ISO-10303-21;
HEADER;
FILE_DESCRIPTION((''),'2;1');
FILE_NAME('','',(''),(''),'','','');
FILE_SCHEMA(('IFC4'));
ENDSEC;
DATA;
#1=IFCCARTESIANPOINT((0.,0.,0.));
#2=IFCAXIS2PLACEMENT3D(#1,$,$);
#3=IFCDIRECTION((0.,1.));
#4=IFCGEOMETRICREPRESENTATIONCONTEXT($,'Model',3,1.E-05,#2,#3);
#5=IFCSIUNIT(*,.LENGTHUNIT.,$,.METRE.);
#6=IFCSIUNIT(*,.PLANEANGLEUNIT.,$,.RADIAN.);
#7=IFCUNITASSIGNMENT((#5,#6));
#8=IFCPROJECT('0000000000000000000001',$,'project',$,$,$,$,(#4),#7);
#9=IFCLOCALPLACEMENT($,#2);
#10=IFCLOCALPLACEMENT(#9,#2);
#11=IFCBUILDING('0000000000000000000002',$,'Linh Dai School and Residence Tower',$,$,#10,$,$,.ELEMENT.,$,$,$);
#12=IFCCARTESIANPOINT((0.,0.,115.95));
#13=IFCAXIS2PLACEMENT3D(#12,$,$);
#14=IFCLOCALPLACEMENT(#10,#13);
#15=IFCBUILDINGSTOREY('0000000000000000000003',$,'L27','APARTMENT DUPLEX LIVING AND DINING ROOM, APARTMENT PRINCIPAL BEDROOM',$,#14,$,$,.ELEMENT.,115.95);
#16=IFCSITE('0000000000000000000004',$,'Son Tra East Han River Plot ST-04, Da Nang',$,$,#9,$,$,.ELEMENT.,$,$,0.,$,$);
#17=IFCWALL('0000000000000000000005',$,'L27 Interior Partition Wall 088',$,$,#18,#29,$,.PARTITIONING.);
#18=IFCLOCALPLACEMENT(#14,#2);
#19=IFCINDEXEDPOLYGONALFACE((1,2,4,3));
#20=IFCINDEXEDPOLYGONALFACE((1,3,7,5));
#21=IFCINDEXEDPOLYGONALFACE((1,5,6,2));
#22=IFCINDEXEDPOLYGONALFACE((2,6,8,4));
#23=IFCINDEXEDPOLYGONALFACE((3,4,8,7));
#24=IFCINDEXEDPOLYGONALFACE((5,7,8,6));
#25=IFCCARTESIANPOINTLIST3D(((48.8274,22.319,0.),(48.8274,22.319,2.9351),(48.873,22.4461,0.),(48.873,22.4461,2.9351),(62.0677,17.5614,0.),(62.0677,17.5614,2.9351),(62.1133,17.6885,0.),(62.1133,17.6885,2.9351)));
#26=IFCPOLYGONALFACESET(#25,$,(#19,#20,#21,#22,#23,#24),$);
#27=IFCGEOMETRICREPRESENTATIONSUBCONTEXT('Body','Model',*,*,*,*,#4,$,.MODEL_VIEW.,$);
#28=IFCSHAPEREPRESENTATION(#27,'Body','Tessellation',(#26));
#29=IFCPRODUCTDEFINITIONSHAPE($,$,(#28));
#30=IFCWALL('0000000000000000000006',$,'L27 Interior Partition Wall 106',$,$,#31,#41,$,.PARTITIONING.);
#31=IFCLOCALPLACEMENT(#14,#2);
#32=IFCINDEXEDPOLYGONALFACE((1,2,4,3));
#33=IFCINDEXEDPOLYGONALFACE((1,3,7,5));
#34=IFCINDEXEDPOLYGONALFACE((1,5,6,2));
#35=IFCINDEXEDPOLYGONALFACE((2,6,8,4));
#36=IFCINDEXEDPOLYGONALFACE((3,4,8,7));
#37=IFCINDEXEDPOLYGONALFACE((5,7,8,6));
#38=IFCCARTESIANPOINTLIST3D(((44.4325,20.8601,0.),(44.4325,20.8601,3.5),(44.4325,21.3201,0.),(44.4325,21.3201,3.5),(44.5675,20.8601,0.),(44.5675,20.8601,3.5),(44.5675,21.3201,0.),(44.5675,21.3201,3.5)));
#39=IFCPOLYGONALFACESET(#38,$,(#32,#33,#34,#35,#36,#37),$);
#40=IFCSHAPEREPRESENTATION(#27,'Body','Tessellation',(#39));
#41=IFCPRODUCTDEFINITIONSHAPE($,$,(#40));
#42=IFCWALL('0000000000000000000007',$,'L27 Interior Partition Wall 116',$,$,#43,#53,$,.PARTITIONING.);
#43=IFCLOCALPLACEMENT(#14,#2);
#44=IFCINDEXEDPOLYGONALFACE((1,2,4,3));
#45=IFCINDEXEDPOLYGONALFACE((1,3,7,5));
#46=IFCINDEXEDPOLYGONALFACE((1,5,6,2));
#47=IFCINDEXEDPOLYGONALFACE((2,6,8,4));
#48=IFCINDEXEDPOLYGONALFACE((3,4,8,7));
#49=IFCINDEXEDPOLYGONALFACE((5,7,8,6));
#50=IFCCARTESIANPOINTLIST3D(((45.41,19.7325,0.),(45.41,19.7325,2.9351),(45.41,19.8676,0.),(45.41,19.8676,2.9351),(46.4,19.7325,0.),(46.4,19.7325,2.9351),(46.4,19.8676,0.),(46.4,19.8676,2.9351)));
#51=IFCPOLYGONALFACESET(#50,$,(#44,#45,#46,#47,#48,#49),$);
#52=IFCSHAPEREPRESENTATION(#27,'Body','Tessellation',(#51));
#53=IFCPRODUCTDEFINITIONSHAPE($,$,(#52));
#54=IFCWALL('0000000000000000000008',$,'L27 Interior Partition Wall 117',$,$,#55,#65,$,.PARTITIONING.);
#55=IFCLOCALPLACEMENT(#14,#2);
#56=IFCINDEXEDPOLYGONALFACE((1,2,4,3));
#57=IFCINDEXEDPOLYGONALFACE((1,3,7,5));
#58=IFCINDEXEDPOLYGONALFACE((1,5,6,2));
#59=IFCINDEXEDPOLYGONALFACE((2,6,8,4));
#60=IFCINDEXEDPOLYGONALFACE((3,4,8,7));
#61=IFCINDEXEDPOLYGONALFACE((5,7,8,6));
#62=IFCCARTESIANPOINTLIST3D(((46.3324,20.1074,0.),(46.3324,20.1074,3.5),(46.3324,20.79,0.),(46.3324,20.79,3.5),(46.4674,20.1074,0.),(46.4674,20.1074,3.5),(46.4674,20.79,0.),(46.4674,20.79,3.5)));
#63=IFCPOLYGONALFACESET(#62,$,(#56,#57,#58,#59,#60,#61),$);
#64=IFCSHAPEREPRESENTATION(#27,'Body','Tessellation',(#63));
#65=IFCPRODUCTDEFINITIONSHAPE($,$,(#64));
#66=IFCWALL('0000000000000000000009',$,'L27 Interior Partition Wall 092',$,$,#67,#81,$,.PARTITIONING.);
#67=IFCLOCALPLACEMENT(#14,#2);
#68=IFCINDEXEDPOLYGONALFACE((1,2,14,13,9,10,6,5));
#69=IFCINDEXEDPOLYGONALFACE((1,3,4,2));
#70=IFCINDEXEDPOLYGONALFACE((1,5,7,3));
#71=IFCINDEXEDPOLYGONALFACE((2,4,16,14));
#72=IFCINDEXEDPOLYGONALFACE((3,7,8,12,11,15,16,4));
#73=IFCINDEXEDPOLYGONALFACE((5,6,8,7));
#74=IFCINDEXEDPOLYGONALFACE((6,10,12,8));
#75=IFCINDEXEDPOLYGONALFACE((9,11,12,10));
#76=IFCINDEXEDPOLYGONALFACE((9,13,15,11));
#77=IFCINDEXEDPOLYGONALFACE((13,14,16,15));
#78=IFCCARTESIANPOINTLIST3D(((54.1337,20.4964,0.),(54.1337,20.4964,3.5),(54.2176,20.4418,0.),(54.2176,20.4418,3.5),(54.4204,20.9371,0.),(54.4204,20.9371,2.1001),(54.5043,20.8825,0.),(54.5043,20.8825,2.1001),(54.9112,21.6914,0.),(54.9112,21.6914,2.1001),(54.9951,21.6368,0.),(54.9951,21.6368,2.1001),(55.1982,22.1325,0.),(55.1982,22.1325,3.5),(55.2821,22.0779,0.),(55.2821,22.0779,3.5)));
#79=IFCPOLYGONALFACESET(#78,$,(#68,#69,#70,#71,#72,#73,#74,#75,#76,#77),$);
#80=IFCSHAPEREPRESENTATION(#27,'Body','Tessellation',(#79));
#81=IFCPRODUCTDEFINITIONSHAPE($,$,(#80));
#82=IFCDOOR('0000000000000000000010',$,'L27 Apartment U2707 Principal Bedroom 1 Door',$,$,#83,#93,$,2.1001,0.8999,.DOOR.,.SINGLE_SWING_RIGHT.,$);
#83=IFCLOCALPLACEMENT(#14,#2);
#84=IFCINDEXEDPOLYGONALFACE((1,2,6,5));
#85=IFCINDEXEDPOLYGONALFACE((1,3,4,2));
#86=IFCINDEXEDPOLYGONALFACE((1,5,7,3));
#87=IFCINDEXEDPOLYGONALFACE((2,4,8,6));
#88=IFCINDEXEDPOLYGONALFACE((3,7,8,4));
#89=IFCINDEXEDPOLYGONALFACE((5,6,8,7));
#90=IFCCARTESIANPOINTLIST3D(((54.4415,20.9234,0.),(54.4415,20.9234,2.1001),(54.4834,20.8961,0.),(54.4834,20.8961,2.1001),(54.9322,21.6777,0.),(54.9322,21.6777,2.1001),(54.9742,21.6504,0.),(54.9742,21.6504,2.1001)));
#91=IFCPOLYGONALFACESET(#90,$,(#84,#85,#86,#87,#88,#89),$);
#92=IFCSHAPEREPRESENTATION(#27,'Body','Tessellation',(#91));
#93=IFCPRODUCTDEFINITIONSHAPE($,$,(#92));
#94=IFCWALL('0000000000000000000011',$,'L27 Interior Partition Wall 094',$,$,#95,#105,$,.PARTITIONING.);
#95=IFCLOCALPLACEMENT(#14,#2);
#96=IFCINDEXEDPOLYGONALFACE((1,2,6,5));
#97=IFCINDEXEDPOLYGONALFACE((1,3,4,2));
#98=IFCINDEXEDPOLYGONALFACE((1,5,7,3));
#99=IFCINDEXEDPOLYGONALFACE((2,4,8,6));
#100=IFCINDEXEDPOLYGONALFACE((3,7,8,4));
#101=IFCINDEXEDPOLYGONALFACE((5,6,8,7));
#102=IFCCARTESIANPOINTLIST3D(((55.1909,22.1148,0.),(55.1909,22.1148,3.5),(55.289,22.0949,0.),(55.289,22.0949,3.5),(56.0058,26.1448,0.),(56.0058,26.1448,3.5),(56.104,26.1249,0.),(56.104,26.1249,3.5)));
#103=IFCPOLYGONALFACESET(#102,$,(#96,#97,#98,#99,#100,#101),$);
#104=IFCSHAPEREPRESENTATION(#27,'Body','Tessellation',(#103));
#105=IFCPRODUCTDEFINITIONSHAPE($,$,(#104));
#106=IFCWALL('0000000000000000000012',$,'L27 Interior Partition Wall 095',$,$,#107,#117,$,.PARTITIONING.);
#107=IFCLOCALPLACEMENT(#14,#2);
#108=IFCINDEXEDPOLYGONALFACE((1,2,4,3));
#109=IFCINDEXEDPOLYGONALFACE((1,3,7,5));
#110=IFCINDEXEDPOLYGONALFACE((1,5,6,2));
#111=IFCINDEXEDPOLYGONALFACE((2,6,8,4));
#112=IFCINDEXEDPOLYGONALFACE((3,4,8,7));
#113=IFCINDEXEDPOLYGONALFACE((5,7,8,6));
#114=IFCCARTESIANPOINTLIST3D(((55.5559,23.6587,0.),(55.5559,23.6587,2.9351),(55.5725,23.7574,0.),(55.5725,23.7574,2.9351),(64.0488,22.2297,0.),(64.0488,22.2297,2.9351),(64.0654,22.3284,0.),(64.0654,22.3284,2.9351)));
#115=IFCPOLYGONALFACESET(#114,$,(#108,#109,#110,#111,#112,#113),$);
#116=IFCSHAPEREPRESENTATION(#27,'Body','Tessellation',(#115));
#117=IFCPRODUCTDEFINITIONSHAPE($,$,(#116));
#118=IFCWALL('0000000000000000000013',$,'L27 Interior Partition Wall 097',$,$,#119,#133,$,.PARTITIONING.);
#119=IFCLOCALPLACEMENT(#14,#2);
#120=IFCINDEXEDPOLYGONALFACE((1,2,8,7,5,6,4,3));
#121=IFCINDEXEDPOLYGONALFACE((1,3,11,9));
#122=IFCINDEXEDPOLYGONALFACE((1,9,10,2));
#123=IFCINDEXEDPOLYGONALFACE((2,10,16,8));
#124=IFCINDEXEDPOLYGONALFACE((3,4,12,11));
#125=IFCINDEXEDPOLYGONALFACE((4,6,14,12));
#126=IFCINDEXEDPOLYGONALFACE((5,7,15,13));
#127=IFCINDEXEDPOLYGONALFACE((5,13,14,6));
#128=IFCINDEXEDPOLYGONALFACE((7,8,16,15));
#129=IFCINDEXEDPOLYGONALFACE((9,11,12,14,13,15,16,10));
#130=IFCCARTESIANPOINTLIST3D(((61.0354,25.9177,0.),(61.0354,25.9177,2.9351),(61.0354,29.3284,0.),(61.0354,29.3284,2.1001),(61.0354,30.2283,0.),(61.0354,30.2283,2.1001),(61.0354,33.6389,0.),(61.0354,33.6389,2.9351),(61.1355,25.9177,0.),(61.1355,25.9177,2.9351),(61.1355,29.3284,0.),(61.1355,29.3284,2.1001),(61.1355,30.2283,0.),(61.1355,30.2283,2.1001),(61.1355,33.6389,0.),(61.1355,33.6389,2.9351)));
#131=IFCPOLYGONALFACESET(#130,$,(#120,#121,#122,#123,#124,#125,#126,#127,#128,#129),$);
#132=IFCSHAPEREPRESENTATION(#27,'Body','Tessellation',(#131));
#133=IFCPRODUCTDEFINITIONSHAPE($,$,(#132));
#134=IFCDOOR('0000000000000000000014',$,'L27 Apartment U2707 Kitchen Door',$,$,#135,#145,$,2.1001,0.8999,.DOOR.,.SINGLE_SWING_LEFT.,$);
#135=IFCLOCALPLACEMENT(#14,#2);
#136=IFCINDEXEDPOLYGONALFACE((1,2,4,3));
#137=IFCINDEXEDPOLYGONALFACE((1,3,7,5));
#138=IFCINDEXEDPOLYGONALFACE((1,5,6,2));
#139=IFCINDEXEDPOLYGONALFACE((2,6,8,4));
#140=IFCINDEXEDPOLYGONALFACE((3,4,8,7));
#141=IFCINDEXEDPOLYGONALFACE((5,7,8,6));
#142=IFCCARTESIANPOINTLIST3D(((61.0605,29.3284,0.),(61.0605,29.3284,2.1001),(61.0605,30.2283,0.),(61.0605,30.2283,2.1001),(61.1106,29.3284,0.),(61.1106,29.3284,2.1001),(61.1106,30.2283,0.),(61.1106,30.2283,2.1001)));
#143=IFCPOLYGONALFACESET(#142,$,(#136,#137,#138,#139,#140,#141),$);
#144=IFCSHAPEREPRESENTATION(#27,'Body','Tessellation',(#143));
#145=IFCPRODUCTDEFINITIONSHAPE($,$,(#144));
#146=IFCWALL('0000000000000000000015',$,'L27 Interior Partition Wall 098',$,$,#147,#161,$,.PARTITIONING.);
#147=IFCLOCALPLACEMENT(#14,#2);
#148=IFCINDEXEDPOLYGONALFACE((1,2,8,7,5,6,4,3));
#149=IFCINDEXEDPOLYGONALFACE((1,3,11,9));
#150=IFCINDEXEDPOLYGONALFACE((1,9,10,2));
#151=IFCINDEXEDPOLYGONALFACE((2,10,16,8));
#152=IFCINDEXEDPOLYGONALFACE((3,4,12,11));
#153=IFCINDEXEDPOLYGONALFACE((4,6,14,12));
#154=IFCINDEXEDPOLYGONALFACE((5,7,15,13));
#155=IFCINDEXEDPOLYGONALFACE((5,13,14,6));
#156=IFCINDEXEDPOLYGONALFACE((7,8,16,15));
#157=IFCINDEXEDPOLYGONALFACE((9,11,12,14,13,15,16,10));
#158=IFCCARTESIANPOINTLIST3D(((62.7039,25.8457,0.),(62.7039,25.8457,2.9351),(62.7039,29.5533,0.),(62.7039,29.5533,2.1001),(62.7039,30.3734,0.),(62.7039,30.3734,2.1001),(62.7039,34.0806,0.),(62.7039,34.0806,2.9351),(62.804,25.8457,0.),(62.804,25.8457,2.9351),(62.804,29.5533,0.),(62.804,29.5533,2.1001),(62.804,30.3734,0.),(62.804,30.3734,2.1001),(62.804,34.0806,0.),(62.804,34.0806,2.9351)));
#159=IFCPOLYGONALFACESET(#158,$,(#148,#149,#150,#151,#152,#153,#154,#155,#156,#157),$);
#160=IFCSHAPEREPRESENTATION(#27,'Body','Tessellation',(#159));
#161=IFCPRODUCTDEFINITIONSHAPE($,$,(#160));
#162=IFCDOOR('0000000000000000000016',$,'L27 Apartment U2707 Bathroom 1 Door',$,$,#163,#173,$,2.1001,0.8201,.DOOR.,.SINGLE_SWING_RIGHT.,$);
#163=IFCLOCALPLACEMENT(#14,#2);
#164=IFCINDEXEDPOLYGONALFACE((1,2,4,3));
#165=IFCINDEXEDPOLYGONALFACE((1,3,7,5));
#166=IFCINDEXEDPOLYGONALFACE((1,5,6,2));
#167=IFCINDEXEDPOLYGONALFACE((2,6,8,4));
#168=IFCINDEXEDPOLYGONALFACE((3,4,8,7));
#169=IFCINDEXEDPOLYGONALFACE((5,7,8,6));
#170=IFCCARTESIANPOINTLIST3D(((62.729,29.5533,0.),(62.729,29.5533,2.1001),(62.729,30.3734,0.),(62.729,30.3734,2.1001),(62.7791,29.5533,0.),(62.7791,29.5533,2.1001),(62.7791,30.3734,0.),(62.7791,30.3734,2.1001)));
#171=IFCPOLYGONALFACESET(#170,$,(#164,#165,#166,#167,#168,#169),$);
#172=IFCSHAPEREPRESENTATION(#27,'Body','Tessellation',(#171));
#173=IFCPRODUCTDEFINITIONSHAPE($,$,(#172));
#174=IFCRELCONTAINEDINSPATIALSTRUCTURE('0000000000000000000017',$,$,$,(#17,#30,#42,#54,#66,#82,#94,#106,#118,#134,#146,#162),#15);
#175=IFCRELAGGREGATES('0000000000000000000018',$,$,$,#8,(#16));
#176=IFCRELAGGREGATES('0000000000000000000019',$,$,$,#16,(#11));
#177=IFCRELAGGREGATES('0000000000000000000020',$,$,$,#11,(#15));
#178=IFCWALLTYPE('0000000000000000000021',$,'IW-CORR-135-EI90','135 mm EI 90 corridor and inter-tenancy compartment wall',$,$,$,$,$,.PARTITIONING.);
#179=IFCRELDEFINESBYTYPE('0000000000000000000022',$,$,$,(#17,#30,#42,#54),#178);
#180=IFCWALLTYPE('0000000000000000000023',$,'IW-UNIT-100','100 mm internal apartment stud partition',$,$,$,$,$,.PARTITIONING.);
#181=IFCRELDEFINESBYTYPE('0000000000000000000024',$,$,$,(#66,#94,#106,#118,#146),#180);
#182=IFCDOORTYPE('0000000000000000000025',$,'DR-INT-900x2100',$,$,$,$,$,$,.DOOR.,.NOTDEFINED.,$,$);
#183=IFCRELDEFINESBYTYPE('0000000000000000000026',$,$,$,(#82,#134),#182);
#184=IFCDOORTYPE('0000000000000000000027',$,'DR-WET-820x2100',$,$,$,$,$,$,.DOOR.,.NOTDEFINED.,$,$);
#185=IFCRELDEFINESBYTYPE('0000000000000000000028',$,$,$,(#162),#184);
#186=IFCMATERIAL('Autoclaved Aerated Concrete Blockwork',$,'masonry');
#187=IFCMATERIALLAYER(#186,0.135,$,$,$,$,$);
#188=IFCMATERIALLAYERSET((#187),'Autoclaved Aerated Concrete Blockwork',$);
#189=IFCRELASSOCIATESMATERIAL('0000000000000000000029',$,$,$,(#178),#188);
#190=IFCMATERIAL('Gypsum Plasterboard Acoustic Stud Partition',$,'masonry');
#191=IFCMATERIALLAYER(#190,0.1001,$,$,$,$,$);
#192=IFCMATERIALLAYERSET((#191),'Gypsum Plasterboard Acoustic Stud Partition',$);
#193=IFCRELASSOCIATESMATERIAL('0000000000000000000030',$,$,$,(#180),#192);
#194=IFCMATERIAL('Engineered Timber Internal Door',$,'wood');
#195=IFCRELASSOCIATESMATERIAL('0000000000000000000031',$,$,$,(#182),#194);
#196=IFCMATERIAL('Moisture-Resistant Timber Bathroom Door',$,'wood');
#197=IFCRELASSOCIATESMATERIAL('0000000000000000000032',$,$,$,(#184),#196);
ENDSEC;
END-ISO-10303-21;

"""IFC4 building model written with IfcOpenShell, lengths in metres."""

from ifc_helpers import new_model, si_unit, direction, frame, frame_2d, origin, origin_2d, place, context, subcontext, project, spatial, rectangle, extrude, source, transform, mapped, material, layer, layer_set, type_object, element, fill, save


model = new_model("IFC4")

# Units and contexts
model_context = context("Model", 3, precision=1e-05, world=origin(), true_north=direction((0.0, 1.0)))
body_context = subcontext(model_context, "Body", "Model", "MODEL_VIEW")
ifc_project = project(units=[si_unit("LENGTHUNIT", "METRE"), si_unit("PLANEANGLEUNIT", "RADIAN")], contexts=[model_context])

# Site, building, storey
site_placement = place(None, origin())
site = spatial("IfcSite", under=ifc_project, at=site_placement, Name="Son Tra East Han River Plot ST-04, Da Nang", CompositionType="ELEMENT", RefElevation=0.0)
building_placement = place(site_placement, origin())
building = spatial("IfcBuilding", under=site, at=building_placement, Name="Linh Dai School and Residence Tower", CompositionType="ELEMENT")
storey_placement = place(building_placement, frame((0.0, 0.0, 115.95)))
storey = spatial("IfcBuildingStorey", under=building, at=storey_placement, Name="L27", Description="APARTMENT DUPLEX LIVING AND DINING ROOM, APARTMENT PRINCIPAL BEDROOM", CompositionType="ELEMENT", Elevation=115.95)

# Walls
ifc_material_1 = material(Name="Autoclaved Aerated Concrete Blockwork", Category="masonry")
ifc_layer_1 = layer(ifc_material_1, 0.135)
ifc_layer_set_1 = layer_set([ifc_layer_1], Name="Autoclaved Aerated Concrete Blockwork")
wall_type_1 = type_object("IfcWallType", Name="IW-CORR-135-EI90", Description="135 mm EI 90 corridor and inter-tenancy compartment wall", PredefinedType="PARTITIONING", material=ifc_layer_set_1)
wall_1_placement = place(storey_placement, frame((48.8501, 22.3826, 0.0), z_axis=(0.0, 0.0, 1.0), x_axis=(0.941089, -0.338158, 0.0)))
element("IfcWall", 1, at=wall_1_placement, inside=storey, type_object=wall_type_1, Name="L27 Interior Partition Wall 088", PredefinedType="PARTITIONING", context=body_context, shape_type="SweptSolid", body=[
    extrude(rectangle(XDim=14.0691, YDim=0.135, at=frame_2d((7.0347, 0.0))), origin(), (0.0, 0.0, 1.0), 2.9351),
])
wall_2_placement = place(storey_placement, frame((44.5, 20.8601, 0.0), z_axis=(0.0, 0.0, 1.0), x_axis=(0.0, 1.0, 0.0)))
element("IfcWall", 2, at=wall_2_placement, inside=storey, type_object=wall_type_1, Name="L27 Interior Partition Wall 106", PredefinedType="PARTITIONING", context=body_context, shape_type="SweptSolid", body=[
    extrude(rectangle(XDim=0.46, YDim=0.135, at=frame_2d((0.23, 0.0))), origin(), (0.0, 0.0, 1.0), 3.5),
])
wall_3_placement = place(storey_placement, frame((45.4099, 19.8, 0.0), z_axis=(0.0, 0.0, 1.0), x_axis=(1.0, 0.0, 0.0)))
element("IfcWall", 3, at=wall_3_placement, inside=storey, type_object=wall_type_1, Name="L27 Interior Partition Wall 116", PredefinedType="PARTITIONING", context=body_context, shape_type="SweptSolid", body=[
    extrude(rectangle(XDim=0.99, YDim=0.135, at=frame_2d((0.4951, 0.0))), origin(), (0.0, 0.0, 1.0), 2.9351),
])
wall_4_placement = place(storey_placement, frame((46.3999, 20.1074, 0.0), z_axis=(0.0, 0.0, 1.0), x_axis=(0.0, 1.0, 0.0)))
element("IfcWall", 4, at=wall_4_placement, inside=storey, type_object=wall_type_1, Name="L27 Interior Partition Wall 117", PredefinedType="PARTITIONING", context=body_context, shape_type="SweptSolid", body=[
    extrude(rectangle(XDim=0.6826, YDim=0.135, at=frame_2d((0.3413, 0.0))), origin(), (0.0, 0.0, 1.0), 3.5),
])

# Wall, opening, door
ifc_material_2 = material(Name="Gypsum Plasterboard Acoustic Stud Partition", Category="masonry")
ifc_layer_2 = layer(ifc_material_2, 0.1001)
ifc_layer_set_2 = layer_set([ifc_layer_2], Name="Gypsum Plasterboard Acoustic Stud Partition")
wall_type_2 = type_object("IfcWallType", Name="IW-UNIT-100", Description="100 mm internal apartment stud partition", PredefinedType="PARTITIONING", material=ifc_layer_set_2)
wall_5_placement = place(storey_placement, frame((54.1755, 20.469, 0.0), z_axis=(0.0, 0.0, 1.0), x_axis=(0.545371, 0.838195, 0.0)))
wall_5 = element("IfcWall", 5, at=wall_5_placement, inside=storey, type_object=wall_type_2, Name="L27 Interior Partition Wall 092", PredefinedType="PARTITIONING", context=body_context, shape_type="SweptSolid", body=[
    extrude(rectangle(XDim=1.9519, YDim=0.1001, at=frame_2d((0.9761, 0.0))), origin(), (0.0, 0.0, 1.0), 3.5),
])
opening_1_placement = place(wall_5_placement, frame((0.5259, 0.0, 0.0)))
opening_1 = element("IfcOpeningElement", 6, at=opening_1_placement, cuts=wall_5, PredefinedType="OPENING", context=body_context, shape_type="SweptSolid", body=[
    extrude(rectangle(XDim=0.8999, YDim=2.1001, at=origin_2d()), frame((0.45, 0.0601, 1.05), z_axis=(0.0, -1.0, 0.0), x_axis=(1.0, 0.0, 0.0)), (0.0, 0.0, 1.0), 0.1201),
])
ifc_material_3 = material(Name="Engineered Timber Internal Door", Category="wood")
door_type_1 = type_object("IfcDoorType", Name="DR-INT-900x2100", OperationType="NOTDEFINED", PredefinedType="DOOR", material=ifc_material_3)
shared_shape_1 = source(origin(), body_context, "Body", "SweptSolid", [
    extrude(rectangle(XDim=0.8999, YDim=2.1001, at=origin_2d()), frame((0.45, 0.0249, 1.05), z_axis=(0.0, -1.0, 0.0), x_axis=(1.0, 0.0, 0.0)), (0.0, 0.0, 1.0), 0.05),
])
door_1_placement = place(opening_1_placement, origin())
door_1 = element("IfcDoor", 7, at=door_1_placement, inside=storey, type_object=door_type_1, Name="L27 Apartment U2707 Principal Bedroom 1 Door", OperationType="SINGLE_SWING_RIGHT", OverallHeight=2.1001, OverallWidth=0.8999, PredefinedType="DOOR", context=body_context, shape_type="MappedRepresentation", body=[
    mapped(shared_shape_1, transform((0.0, 0.0, 0.0), x_axis=(1.0, 0.0, 0.0), y_axis=(0.0, 1.0, 0.0), z_axis=(0.0, 0.0, 1.0), scale=1.0)),
])
fill(opening_1, door_1)

# Walls
wall_6_placement = place(storey_placement, frame((55.24, 22.105, 0.0), z_axis=(0.0, 0.0, 1.0), x_axis=(0.198205, 0.980161, 0.0)))
element("IfcWall", 8, at=wall_6_placement, inside=storey, type_object=wall_type_2, Name="L27 Interior Partition Wall 094", PredefinedType="PARTITIONING", context=body_context, shape_type="SweptSolid", body=[
    extrude(rectangle(XDim=4.1116, YDim=0.1001, at=frame_2d((2.0557, 0.0))), origin(), (0.0, 0.0, 1.0), 3.5),
])
wall_7_placement = place(storey_placement, frame((55.5642, 23.708, 0.0), z_axis=(0.0, 0.0, 1.0), x_axis=(0.986139, -0.16592, 0.0)))
element("IfcWall", 9, at=wall_7_placement, inside=storey, type_object=wall_type_2, Name="L27 Interior Partition Wall 095", PredefinedType="PARTITIONING", context=body_context, shape_type="SweptSolid", body=[
    extrude(rectangle(XDim=8.6123, YDim=0.1001, at=frame_2d((4.3062, 0.0))), origin(), (0.0, 0.0, 1.0), 2.9351),
])

# Walls, openings, doors
wall_8_placement = place(storey_placement, frame((61.0854, 25.9177, 0.0), z_axis=(0.0, 0.0, 1.0), x_axis=(0.0, 1.0, 0.0)))
wall_8 = element("IfcWall", 10, at=wall_8_placement, inside=storey, type_object=wall_type_2, Name="L27 Interior Partition Wall 097", PredefinedType="PARTITIONING", context=body_context, shape_type="SweptSolid", body=[
    extrude(rectangle(XDim=7.7212, YDim=0.1001, at=frame_2d((3.8606, 0.0))), origin(), (0.0, 0.0, 1.0), 2.9351),
])
opening_2_placement = place(wall_8_placement, frame((3.4106, 0.0, 0.0)))
opening_2 = element("IfcOpeningElement", 11, at=opening_2_placement, cuts=wall_8, PredefinedType="OPENING", context=body_context, shape_type="SweptSolid", body=[
    extrude(rectangle(XDim=0.8999, YDim=2.1001, at=origin_2d()), frame((0.45, 0.0601, 1.05), z_axis=(0.0, -1.0, 0.0), x_axis=(1.0, 0.0, 0.0)), (0.0, 0.0, 1.0), 0.1201),
])
door_2_placement = place(opening_2_placement, origin())
door_2 = element("IfcDoor", 12, at=door_2_placement, inside=storey, type_object=door_type_1, Name="L27 Apartment U2707 Kitchen Door", OperationType="SINGLE_SWING_LEFT", OverallHeight=2.1001, OverallWidth=0.8999, PredefinedType="DOOR", context=body_context, shape_type="MappedRepresentation", body=[
    mapped(shared_shape_1, transform((0.0, 0.0, 0.0), x_axis=(1.0, 0.0, 0.0), y_axis=(0.0, 1.0, 0.0), z_axis=(0.0, 0.0, 1.0), scale=1.0)),
])
fill(opening_2, door_2)
wall_9_placement = place(storey_placement, frame((62.7539, 25.8457, 0.0), z_axis=(0.0, 0.0, 1.0), x_axis=(0.0, 1.0, 0.0)))
wall_9 = element("IfcWall", 13, at=wall_9_placement, inside=storey, type_object=wall_type_2, Name="L27 Interior Partition Wall 098", PredefinedType="PARTITIONING", context=body_context, shape_type="SweptSolid", body=[
    extrude(rectangle(XDim=8.2349, YDim=0.1001, at=frame_2d((4.1174, 0.0))), origin(), (0.0, 0.0, 1.0), 2.9351),
])
opening_3_placement = place(wall_9_placement, frame((3.7075, 0.0, 0.0)))
opening_3 = element("IfcOpeningElement", 14, at=opening_3_placement, cuts=wall_9, PredefinedType="OPENING", context=body_context, shape_type="SweptSolid", body=[
    extrude(rectangle(XDim=0.8201, YDim=2.1001, at=origin_2d()), frame((0.4102, 0.0601, 1.05), z_axis=(0.0, -1.0, 0.0), x_axis=(1.0, 0.0, 0.0)), (0.0, 0.0, 1.0), 0.1201),
])
ifc_material_4 = material(Name="Moisture-Resistant Timber Bathroom Door", Category="wood")
door_type_2 = type_object("IfcDoorType", Name="DR-WET-820x2100", OperationType="NOTDEFINED", PredefinedType="DOOR", material=ifc_material_4)
shared_shape_2 = source(origin(), body_context, "Body", "SweptSolid", [
    extrude(rectangle(XDim=0.8201, YDim=2.1001, at=origin_2d()), frame((0.4102, 0.0249, 1.05), z_axis=(0.0, -1.0, 0.0), x_axis=(1.0, 0.0, 0.0)), (0.0, 0.0, 1.0), 0.05),
])
door_3_placement = place(opening_3_placement, origin())
door_3 = element("IfcDoor", 15, at=door_3_placement, inside=storey, type_object=door_type_2, Name="L27 Apartment U2707 Bathroom 1 Door", OperationType="SINGLE_SWING_RIGHT", OverallHeight=2.1001, OverallWidth=0.8201, PredefinedType="DOOR", context=body_context, shape_type="MappedRepresentation", body=[
    mapped(shared_shape_2, transform((0.0, 0.0, 0.0), x_axis=(1.0, 0.0, 0.0), y_axis=(0.0, 1.0, 0.0), z_axis=(0.0, 0.0, 1.0), scale=1.0)),
])
fill(opening_3, door_3)

save(model, "model.ifc")
